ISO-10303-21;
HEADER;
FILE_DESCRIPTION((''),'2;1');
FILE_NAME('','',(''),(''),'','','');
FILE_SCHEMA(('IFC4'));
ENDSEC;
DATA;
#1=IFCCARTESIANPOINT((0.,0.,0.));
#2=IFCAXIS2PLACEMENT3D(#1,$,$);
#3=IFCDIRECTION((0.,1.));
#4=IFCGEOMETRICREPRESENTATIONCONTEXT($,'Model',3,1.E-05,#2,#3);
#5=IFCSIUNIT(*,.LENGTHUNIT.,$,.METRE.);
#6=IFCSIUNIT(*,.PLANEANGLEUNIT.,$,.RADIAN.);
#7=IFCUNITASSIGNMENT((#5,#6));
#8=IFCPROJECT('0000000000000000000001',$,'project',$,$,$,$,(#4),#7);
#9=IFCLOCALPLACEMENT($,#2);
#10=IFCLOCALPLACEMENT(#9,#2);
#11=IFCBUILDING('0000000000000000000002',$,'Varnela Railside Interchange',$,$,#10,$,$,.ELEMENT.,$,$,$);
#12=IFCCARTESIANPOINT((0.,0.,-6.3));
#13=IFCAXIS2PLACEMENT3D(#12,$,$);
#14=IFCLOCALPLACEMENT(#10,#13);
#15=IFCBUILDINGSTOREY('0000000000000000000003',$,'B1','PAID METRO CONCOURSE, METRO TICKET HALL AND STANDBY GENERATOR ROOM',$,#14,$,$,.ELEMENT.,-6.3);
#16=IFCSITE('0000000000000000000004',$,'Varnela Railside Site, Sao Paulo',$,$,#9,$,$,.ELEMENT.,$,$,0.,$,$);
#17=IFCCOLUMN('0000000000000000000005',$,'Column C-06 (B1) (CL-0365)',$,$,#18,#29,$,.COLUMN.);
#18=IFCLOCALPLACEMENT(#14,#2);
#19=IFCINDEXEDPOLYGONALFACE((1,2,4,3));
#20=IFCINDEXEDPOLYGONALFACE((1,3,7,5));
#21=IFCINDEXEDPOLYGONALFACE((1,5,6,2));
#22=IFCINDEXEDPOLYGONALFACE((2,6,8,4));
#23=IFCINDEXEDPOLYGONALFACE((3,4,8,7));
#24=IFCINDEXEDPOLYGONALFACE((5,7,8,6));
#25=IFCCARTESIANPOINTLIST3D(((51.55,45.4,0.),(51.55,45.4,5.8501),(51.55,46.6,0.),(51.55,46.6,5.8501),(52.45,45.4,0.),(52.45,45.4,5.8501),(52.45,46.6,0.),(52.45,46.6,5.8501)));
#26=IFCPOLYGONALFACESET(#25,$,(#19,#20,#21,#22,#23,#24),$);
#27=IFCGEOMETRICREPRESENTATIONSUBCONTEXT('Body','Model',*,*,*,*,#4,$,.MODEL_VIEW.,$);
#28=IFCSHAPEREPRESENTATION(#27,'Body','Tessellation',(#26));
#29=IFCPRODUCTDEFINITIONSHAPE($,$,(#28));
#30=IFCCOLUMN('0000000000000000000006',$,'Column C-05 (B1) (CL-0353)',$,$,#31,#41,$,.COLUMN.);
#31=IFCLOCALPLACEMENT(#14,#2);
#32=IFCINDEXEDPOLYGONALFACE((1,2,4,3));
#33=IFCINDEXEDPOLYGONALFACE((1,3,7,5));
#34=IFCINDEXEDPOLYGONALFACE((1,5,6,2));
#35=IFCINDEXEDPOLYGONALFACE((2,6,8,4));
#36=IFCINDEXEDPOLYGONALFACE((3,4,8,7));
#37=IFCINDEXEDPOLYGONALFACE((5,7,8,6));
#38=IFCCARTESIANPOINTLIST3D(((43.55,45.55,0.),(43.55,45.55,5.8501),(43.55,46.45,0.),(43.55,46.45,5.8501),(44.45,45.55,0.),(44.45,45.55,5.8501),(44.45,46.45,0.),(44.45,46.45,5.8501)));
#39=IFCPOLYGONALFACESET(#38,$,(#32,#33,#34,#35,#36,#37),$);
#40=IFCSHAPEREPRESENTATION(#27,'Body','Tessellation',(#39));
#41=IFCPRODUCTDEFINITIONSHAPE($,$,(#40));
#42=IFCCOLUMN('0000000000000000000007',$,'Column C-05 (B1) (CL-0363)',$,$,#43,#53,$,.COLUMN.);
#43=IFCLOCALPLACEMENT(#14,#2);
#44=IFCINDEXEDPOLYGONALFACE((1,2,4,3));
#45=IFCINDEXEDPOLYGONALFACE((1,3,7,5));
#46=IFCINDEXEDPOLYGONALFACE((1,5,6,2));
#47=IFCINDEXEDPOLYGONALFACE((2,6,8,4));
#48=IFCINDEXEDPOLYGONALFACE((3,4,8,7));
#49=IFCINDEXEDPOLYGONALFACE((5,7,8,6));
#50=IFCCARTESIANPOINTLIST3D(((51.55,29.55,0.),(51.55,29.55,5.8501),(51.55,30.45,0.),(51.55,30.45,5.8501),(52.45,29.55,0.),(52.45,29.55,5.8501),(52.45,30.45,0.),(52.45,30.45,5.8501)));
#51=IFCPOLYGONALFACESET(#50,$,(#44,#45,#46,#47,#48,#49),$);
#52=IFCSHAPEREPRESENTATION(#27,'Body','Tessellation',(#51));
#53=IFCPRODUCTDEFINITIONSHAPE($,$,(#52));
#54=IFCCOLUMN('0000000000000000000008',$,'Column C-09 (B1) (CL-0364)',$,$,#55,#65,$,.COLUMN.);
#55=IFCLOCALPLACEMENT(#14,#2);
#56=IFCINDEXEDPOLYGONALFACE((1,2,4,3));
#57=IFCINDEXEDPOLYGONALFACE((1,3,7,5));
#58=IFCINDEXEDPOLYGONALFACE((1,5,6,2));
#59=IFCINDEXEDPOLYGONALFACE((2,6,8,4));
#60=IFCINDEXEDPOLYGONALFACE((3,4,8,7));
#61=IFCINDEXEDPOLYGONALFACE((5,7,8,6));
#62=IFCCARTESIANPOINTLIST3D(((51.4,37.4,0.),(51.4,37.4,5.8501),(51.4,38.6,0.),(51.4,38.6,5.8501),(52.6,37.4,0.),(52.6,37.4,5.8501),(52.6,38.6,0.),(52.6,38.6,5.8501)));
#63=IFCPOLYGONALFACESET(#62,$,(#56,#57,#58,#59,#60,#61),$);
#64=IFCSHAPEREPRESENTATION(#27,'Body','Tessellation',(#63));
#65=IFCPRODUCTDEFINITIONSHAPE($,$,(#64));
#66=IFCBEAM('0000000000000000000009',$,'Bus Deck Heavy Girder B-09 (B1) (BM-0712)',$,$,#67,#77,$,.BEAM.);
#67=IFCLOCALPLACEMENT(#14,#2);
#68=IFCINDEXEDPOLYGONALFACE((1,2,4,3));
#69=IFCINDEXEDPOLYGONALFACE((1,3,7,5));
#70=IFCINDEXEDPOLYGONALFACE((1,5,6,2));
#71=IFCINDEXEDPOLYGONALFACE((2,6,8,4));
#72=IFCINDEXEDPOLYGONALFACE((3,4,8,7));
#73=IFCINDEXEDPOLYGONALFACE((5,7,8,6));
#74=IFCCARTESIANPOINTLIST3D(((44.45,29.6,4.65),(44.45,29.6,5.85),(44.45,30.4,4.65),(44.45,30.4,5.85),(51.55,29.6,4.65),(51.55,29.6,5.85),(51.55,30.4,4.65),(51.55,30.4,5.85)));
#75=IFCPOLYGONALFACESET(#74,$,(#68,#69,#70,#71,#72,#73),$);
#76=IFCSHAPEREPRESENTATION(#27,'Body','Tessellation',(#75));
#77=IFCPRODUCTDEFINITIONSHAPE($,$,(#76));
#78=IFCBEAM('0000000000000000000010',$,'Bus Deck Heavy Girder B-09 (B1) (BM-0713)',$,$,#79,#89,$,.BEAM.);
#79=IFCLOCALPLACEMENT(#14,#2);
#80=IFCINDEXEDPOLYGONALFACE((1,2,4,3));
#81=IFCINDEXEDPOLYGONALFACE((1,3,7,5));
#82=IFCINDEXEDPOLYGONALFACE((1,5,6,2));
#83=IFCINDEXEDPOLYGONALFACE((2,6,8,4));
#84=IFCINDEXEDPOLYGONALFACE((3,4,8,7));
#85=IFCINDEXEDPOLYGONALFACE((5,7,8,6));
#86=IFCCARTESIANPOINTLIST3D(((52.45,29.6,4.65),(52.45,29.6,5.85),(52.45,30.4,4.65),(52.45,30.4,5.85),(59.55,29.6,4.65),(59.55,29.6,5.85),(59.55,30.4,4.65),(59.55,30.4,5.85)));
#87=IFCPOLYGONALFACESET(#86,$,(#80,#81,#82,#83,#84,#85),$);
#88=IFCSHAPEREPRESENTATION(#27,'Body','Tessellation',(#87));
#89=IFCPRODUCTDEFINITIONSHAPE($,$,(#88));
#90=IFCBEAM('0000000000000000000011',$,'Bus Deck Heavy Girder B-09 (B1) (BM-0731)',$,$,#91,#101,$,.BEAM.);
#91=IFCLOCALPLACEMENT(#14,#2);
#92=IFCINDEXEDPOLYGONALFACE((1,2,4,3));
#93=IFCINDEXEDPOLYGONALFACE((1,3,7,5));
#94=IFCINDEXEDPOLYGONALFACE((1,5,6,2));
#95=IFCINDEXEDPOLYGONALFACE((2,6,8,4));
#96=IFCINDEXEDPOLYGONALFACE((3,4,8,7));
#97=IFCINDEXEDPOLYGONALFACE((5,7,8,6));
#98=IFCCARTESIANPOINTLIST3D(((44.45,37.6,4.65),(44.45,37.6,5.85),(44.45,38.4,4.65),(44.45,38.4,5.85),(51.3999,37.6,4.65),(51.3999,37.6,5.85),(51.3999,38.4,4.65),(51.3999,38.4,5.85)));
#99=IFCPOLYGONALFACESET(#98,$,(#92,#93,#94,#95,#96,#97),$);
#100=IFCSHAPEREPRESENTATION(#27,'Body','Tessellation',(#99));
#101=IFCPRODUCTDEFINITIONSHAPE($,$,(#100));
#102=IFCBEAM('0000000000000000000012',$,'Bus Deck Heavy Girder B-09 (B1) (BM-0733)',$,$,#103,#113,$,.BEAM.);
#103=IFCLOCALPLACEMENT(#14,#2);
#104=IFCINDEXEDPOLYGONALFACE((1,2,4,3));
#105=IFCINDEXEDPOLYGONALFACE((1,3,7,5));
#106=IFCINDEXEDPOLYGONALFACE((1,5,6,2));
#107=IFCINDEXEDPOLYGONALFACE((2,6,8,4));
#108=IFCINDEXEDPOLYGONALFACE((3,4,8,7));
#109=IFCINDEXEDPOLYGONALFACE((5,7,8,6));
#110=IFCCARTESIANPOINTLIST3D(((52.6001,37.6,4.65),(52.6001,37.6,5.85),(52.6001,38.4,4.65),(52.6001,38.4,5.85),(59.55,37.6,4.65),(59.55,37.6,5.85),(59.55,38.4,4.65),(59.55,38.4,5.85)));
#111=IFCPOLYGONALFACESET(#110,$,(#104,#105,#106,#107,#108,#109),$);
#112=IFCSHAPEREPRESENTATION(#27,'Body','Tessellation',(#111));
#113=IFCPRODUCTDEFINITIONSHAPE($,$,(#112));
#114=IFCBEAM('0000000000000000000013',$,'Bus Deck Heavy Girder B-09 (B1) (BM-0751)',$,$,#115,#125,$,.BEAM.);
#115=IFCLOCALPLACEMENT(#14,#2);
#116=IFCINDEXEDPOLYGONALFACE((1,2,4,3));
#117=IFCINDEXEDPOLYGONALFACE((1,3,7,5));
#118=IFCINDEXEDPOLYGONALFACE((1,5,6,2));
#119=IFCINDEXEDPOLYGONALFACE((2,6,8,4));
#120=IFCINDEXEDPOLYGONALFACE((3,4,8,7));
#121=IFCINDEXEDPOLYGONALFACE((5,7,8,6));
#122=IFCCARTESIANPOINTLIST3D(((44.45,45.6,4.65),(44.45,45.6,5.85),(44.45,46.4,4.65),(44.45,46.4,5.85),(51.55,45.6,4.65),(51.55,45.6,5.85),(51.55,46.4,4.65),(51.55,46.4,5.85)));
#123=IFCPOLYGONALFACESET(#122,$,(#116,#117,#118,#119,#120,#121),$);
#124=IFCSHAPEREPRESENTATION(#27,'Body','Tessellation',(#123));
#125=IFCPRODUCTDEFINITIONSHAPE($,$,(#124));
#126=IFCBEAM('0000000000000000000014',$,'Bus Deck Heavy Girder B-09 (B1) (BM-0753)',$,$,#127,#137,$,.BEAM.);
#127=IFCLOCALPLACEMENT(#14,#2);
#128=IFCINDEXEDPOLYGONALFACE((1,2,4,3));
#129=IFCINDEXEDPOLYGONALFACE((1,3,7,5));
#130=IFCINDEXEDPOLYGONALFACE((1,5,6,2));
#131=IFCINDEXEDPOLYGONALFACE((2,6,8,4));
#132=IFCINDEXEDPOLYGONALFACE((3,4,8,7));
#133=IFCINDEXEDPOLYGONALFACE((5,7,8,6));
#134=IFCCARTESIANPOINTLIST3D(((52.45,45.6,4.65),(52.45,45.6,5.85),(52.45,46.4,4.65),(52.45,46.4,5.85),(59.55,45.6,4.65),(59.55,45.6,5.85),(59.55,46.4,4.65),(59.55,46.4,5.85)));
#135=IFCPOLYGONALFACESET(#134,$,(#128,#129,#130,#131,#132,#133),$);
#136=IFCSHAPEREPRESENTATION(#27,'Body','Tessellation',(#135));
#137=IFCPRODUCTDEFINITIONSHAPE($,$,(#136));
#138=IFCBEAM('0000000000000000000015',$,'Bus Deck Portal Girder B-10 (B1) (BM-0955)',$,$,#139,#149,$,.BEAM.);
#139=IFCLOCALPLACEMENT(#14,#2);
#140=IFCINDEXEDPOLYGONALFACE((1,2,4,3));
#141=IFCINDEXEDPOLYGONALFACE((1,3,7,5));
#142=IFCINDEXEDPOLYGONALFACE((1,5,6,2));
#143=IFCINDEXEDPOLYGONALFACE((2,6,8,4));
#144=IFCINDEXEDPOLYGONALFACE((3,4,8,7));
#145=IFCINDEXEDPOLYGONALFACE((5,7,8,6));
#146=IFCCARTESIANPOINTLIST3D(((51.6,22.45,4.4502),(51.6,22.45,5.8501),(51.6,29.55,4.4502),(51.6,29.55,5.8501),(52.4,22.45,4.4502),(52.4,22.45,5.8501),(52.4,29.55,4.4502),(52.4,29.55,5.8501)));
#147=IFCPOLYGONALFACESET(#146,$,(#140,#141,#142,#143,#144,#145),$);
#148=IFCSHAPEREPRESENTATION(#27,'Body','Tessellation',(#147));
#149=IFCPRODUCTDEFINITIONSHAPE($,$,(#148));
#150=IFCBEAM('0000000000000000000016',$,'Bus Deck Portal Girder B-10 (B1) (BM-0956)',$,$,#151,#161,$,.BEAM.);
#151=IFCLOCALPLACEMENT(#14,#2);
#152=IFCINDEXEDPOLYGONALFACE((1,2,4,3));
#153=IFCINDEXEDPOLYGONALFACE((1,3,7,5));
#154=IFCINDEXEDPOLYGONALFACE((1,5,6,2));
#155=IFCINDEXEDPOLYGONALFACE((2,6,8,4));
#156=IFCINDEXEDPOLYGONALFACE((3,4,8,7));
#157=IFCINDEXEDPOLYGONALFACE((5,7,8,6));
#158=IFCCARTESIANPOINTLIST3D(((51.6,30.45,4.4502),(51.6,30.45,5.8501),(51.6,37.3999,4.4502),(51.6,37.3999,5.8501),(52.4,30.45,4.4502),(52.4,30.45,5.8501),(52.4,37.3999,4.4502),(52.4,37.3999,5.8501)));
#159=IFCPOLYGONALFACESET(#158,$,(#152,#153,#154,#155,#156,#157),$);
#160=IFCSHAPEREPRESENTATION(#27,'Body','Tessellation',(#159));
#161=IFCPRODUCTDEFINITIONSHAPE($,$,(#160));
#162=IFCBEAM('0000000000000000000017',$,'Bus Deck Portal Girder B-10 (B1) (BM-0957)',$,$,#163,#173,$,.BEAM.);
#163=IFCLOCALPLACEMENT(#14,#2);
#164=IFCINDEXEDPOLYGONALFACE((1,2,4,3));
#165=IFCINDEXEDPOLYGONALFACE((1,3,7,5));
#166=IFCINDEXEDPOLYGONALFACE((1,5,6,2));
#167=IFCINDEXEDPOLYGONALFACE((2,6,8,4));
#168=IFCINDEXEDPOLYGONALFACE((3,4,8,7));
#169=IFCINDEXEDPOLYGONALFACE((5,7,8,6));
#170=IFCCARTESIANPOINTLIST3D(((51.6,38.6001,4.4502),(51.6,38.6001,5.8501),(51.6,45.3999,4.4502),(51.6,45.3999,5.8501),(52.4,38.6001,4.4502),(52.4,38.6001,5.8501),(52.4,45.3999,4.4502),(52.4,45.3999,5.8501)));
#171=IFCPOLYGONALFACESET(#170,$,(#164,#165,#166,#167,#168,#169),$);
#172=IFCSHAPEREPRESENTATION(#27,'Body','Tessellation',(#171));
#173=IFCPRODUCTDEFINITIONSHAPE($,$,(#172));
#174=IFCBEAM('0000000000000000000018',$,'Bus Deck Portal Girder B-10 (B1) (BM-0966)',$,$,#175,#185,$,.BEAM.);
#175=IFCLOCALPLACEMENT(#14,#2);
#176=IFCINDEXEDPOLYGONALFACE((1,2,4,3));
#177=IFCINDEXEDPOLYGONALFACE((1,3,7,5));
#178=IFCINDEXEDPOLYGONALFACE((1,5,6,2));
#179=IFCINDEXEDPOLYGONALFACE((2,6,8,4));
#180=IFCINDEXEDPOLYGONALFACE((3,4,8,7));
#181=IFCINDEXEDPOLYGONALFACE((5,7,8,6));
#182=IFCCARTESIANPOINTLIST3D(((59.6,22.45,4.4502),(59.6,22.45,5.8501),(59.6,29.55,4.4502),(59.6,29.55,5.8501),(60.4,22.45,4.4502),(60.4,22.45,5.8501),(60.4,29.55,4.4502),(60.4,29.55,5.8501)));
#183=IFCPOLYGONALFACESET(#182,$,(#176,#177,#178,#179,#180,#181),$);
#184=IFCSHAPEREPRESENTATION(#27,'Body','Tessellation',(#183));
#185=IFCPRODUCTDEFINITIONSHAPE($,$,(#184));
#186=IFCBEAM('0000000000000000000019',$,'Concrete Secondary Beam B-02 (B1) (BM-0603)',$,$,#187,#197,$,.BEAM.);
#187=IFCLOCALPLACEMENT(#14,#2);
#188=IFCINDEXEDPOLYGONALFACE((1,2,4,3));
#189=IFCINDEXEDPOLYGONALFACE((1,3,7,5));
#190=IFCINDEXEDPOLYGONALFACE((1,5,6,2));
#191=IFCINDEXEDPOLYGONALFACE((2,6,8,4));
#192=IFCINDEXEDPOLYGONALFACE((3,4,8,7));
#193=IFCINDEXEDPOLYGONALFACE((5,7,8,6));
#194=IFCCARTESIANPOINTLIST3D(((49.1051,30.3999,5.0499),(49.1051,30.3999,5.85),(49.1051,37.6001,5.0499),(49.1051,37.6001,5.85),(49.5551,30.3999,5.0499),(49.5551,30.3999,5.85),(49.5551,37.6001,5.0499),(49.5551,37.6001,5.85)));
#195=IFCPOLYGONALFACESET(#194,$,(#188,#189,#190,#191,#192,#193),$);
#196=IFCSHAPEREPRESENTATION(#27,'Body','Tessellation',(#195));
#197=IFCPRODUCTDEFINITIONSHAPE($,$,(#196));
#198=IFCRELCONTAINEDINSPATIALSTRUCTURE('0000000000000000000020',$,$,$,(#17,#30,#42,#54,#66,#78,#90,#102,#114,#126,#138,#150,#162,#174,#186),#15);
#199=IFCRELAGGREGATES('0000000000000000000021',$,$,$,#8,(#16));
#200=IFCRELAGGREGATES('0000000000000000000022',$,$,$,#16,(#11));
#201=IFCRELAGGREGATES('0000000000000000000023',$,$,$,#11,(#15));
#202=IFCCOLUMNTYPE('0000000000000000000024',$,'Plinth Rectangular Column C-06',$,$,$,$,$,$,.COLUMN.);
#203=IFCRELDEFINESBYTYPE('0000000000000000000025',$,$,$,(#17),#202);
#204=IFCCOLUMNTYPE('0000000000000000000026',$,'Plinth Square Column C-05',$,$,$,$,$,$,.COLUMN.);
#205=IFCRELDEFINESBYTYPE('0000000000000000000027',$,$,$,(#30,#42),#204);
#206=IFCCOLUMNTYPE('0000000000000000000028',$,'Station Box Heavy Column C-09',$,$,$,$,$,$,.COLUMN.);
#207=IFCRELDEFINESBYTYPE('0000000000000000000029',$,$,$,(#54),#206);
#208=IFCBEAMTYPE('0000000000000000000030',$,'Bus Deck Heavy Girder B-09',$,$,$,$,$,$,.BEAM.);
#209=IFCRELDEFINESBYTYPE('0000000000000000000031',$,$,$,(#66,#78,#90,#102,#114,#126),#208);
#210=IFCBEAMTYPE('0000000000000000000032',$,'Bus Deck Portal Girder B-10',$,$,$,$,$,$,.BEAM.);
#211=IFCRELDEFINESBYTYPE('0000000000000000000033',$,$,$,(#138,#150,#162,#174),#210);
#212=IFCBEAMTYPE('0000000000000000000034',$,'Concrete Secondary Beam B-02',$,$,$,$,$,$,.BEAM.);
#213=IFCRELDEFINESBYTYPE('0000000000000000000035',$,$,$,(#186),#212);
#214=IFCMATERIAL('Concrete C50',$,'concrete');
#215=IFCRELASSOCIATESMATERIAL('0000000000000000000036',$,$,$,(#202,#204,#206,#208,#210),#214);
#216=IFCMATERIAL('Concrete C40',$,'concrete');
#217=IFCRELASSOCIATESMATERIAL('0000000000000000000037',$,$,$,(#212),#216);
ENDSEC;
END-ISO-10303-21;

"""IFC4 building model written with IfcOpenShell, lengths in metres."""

from ifc_helpers import new_model, si_unit, direction, frame, origin, origin_2d, place, context, subcontext, project, spatial, rectangle, extrude, material, material_profile, profile_set, type_object, element, save


model = new_model("IFC4")

# Units and contexts
model_context = context("Model", 3, precision=1e-05, world=origin(), true_north=direction((0.0, 1.0)))
body_context = subcontext(model_context, "Body", "Model", "MODEL_VIEW")
ifc_project = project(units=[si_unit("LENGTHUNIT", "METRE"), si_unit("PLANEANGLEUNIT", "RADIAN")], contexts=[model_context])

# Site, building, storey
site_placement = place(None, origin())
site = spatial("IfcSite", under=ifc_project, at=site_placement, Name="Varnela Railside Site, Sao Paulo", CompositionType="ELEMENT", RefElevation=0.0)
building_placement = place(site_placement, origin())
building = spatial("IfcBuilding", under=site, at=building_placement, Name="Varnela Railside Interchange", CompositionType="ELEMENT")
storey_placement = place(building_placement, frame((0.0, 0.0, -6.3)))
storey = spatial("IfcBuildingStorey", under=building, at=storey_placement, Name="B1", Description="PAID METRO CONCOURSE, METRO TICKET HALL AND STANDBY GENERATOR ROOM", CompositionType="ELEMENT", Elevation=-6.3)

# Columns
ifc_material_1 = material(Name="Concrete C50", Category="concrete")
ifc_material_profile_1 = material_profile(ifc_material_1, rectangle(XDim=0.8999, YDim=1.2, at=origin_2d()), Name="RC 900x1200")
ifc_profile_set_1 = profile_set([ifc_material_profile_1], Name="Concrete C50")
column_type_1 = type_object("IfcColumnType", Name="Plinth Rectangular Column C-06", PredefinedType="COLUMN", material=ifc_profile_set_1)
column_1_placement = place(storey_placement, frame((52.0, 46.0, 0.0), z_axis=(0.0, 0.0, 1.0), x_axis=(1.0, 0.0, 0.0)))
element("IfcColumn", 1, at=column_1_placement, inside=storey, type_object=column_type_1, Name="Column C-06 (B1) (CL-0365)", PredefinedType="COLUMN", context=body_context, shape_type="SweptSolid", body=[
    extrude(rectangle(XDim=0.8999, YDim=1.2, at=origin_2d()), origin(), (0.0, 0.0, 1.0), 5.8501),
])
ifc_material_profile_2 = material_profile(ifc_material_1, rectangle(XDim=0.8999, YDim=0.8999, at=origin_2d()), Name="RC 900x900")
ifc_profile_set_2 = profile_set([ifc_material_profile_2], Name="Concrete C50")
column_type_2 = type_object("IfcColumnType", Name="Plinth Square Column C-05", PredefinedType="COLUMN", material=ifc_profile_set_2)
for number, where, z_axis, x_axis, name in (
    (2, (44.0, 46.0, 0.0), (0.0, 0.0, 1.0), (1.0, 0.0, 0.0), "Column C-05 (B1) (CL-0353)"),
    (3, (52.0, 30.0, 0.0), (0.0, 0.0, 1.0), (1.0, 0.0, 0.0), "Column C-05 (B1) (CL-0363)"),
):
    element("IfcColumn", number, at=place(storey_placement, frame(where, z_axis=z_axis, x_axis=x_axis)), inside=storey, type_object=column_type_2, Name=name, PredefinedType="COLUMN", context=body_context, shape_type="SweptSolid", body=[
        extrude(rectangle(XDim=0.8999, YDim=0.8999, at=origin_2d()), origin(), (0.0, 0.0, 1.0), 5.8501),
    ])
ifc_material_profile_3 = material_profile(ifc_material_1, rectangle(XDim=1.2, YDim=1.2, at=origin_2d()), Name="RC 1200x1200")
ifc_profile_set_3 = profile_set([ifc_material_profile_3], Name="Concrete C50")
column_type_3 = type_object("IfcColumnType", Name="Station Box Heavy Column C-09", PredefinedType="COLUMN", material=ifc_profile_set_3)
column_2_placement = place(storey_placement, frame((52.0, 38.0, 0.0), z_axis=(0.0, 0.0, 1.0), x_axis=(1.0, 0.0, 0.0)))
element("IfcColumn", 4, at=column_2_placement, inside=storey, type_object=column_type_3, Name="Column C-09 (B1) (CL-0364)", PredefinedType="COLUMN", context=body_context, shape_type="SweptSolid", body=[
    extrude(rectangle(XDim=1.2, YDim=1.2, at=origin_2d()), origin(), (0.0, 0.0, 1.0), 5.8501),
])

# Beams
ifc_material_profile_4 = material_profile(ifc_material_1, rectangle(XDim=0.8, YDim=1.2, at=origin_2d()), Name="RC 800x1200")
ifc_profile_set_4 = profile_set([ifc_material_profile_4], Name="Concrete C50")
beam_type_1 = type_object("IfcBeamType", Name="Bus Deck Heavy Girder B-09", PredefinedType="BEAM", material=ifc_profile_set_4)
for number, where, z_axis, x_axis, name in (
    (5, (44.45, 30.0, 5.25), (1.0, 0.0, 0.0), (0.0, 1.0, 0.0), "Bus Deck Heavy Girder B-09 (B1) (BM-0712)"),
    (6, (52.45, 30.0, 5.25), (1.0, 0.0, 0.0), (0.0, 1.0, 0.0), "Bus Deck Heavy Girder B-09 (B1) (BM-0713)"),
):
    element("IfcBeam", number, at=place(storey_placement, frame(where, z_axis=z_axis, x_axis=x_axis)), inside=storey, type_object=beam_type_1, Name=name, PredefinedType="BEAM", context=body_context, shape_type="SweptSolid", body=[
        extrude(rectangle(XDim=0.8, YDim=1.2, at=origin_2d()), origin(), (0.0, 0.0, 1.0), 7.1001),
    ])
for number, where, z_axis, x_axis, name in (
    (7, (44.45, 38.0, 5.25), (1.0, 0.0, 0.0), (0.0, 1.0, 0.0), "Bus Deck Heavy Girder B-09 (B1) (BM-0731)"),
    (8, (52.6001, 38.0, 5.25), (1.0, 0.0, 0.0), (0.0, 1.0, 0.0), "Bus Deck Heavy Girder B-09 (B1) (BM-0733)"),
):
    element("IfcBeam", number, at=place(storey_placement, frame(where, z_axis=z_axis, x_axis=x_axis)), inside=storey, type_object=beam_type_1, Name=name, PredefinedType="BEAM", context=body_context, shape_type="SweptSolid", body=[
        extrude(rectangle(XDim=0.8, YDim=1.2, at=origin_2d()), origin(), (0.0, 0.0, 1.0), 6.95),
    ])
for number, where, z_axis, x_axis, name in (
    (9, (44.45, 46.0, 5.25), (1.0, 0.0, 0.0), (0.0, 1.0, 0.0), "Bus Deck Heavy Girder B-09 (B1) (BM-0751)"),
    (10, (52.45, 46.0, 5.25), (1.0, 0.0, 0.0), (0.0, 1.0, 0.0), "Bus Deck Heavy Girder B-09 (B1) (BM-0753)"),
):
    element("IfcBeam", number, at=place(storey_placement, frame(where, z_axis=z_axis, x_axis=x_axis)), inside=storey, type_object=beam_type_1, Name=name, PredefinedType="BEAM", context=body_context, shape_type="SweptSolid", body=[
        extrude(rectangle(XDim=0.8, YDim=1.2, at=origin_2d()), origin(), (0.0, 0.0, 1.0), 7.1001),
    ])
ifc_material_profile_5 = material_profile(ifc_material_1, rectangle(XDim=0.8, YDim=1.3999, at=origin_2d()), Name="RC 800x1400")
ifc_profile_set_5 = profile_set([ifc_material_profile_5], Name="Concrete C50")
beam_type_2 = type_object("IfcBeamType", Name="Bus Deck Portal Girder B-10", PredefinedType="BEAM", material=ifc_profile_set_5)
beam_1_placement = place(storey_placement, frame((52.0, 22.45, 5.1501), z_axis=(0.0, 1.0, 0.0), x_axis=(-1.0, 0.0, 0.0)))
element("IfcBeam", 11, at=beam_1_placement, inside=storey, type_object=beam_type_2, Name="Bus Deck Portal Girder B-10 (B1) (BM-0955)", PredefinedType="BEAM", context=body_context, shape_type="SweptSolid", body=[
    extrude(rectangle(XDim=0.8, YDim=1.3999, at=origin_2d()), origin(), (0.0, 0.0, 1.0), 7.1001),
])
beam_2_placement = place(storey_placement, frame((52.0, 30.45, 5.1501), z_axis=(0.0, 1.0, 0.0), x_axis=(-1.0, 0.0, 0.0)))
element("IfcBeam", 12, at=beam_2_placement, inside=storey, type_object=beam_type_2, Name="Bus Deck Portal Girder B-10 (B1) (BM-0956)", PredefinedType="BEAM", context=body_context, shape_type="SweptSolid", body=[
    extrude(rectangle(XDim=0.8, YDim=1.3999, at=origin_2d()), origin(), (0.0, 0.0, 1.0), 6.95),
])
beam_3_placement = place(storey_placement, frame((52.0, 38.6001, 5.1501), z_axis=(0.0, 1.0, 0.0), x_axis=(-1.0, 0.0, 0.0)))
element("IfcBeam", 13, at=beam_3_placement, inside=storey, type_object=beam_type_2, Name="Bus Deck Portal Girder B-10 (B1) (BM-0957)", PredefinedType="BEAM", context=body_context, shape_type="SweptSolid", body=[
    extrude(rectangle(XDim=0.8, YDim=1.3999, at=origin_2d()), origin(), (0.0, 0.0, 1.0), 6.7998),
])
beam_4_placement = place(storey_placement, frame((60.0, 22.45, 5.1501), z_axis=(0.0, 1.0, 0.0), x_axis=(-1.0, 0.0, 0.0)))
element("IfcBeam", 14, at=beam_4_placement, inside=storey, type_object=beam_type_2, Name="Bus Deck Portal Girder B-10 (B1) (BM-0966)", PredefinedType="BEAM", context=body_context, shape_type="SweptSolid", body=[
    extrude(rectangle(XDim=0.8, YDim=1.3999, at=origin_2d()), origin(), (0.0, 0.0, 1.0), 7.1001),
])
ifc_material_2 = material(Name="Concrete C40", Category="concrete")
ifc_material_profile_6 = material_profile(ifc_material_2, rectangle(XDim=0.45, YDim=0.8, at=origin_2d()), Name="RC 450x800")
ifc_profile_set_6 = profile_set([ifc_material_profile_6], Name="Concrete C40")
beam_type_3 = type_object("IfcBeamType", Name="Concrete Secondary Beam B-02", PredefinedType="BEAM", material=ifc_profile_set_6)
for number, where, z_axis, x_axis, name in (
    (15, (49.3301, 30.3999, 5.45), (0.0, 1.0, 0.0), (-1.0, 0.0, 0.0), "Concrete Secondary Beam B-02 (B1) (BM-0603)"),
):
    element("IfcBeam", number, at=place(storey_placement, frame(where, z_axis=z_axis, x_axis=x_axis)), inside=storey, type_object=beam_type_3, Name=name, PredefinedType="BEAM", context=body_context, shape_type="SweptSolid", body=[
        extrude(rectangle(XDim=0.45, YDim=0.8, at=origin_2d()), origin(), (0.0, 0.0, 1.0), 7.2002),
    ])

save(model, "model.ifc")
